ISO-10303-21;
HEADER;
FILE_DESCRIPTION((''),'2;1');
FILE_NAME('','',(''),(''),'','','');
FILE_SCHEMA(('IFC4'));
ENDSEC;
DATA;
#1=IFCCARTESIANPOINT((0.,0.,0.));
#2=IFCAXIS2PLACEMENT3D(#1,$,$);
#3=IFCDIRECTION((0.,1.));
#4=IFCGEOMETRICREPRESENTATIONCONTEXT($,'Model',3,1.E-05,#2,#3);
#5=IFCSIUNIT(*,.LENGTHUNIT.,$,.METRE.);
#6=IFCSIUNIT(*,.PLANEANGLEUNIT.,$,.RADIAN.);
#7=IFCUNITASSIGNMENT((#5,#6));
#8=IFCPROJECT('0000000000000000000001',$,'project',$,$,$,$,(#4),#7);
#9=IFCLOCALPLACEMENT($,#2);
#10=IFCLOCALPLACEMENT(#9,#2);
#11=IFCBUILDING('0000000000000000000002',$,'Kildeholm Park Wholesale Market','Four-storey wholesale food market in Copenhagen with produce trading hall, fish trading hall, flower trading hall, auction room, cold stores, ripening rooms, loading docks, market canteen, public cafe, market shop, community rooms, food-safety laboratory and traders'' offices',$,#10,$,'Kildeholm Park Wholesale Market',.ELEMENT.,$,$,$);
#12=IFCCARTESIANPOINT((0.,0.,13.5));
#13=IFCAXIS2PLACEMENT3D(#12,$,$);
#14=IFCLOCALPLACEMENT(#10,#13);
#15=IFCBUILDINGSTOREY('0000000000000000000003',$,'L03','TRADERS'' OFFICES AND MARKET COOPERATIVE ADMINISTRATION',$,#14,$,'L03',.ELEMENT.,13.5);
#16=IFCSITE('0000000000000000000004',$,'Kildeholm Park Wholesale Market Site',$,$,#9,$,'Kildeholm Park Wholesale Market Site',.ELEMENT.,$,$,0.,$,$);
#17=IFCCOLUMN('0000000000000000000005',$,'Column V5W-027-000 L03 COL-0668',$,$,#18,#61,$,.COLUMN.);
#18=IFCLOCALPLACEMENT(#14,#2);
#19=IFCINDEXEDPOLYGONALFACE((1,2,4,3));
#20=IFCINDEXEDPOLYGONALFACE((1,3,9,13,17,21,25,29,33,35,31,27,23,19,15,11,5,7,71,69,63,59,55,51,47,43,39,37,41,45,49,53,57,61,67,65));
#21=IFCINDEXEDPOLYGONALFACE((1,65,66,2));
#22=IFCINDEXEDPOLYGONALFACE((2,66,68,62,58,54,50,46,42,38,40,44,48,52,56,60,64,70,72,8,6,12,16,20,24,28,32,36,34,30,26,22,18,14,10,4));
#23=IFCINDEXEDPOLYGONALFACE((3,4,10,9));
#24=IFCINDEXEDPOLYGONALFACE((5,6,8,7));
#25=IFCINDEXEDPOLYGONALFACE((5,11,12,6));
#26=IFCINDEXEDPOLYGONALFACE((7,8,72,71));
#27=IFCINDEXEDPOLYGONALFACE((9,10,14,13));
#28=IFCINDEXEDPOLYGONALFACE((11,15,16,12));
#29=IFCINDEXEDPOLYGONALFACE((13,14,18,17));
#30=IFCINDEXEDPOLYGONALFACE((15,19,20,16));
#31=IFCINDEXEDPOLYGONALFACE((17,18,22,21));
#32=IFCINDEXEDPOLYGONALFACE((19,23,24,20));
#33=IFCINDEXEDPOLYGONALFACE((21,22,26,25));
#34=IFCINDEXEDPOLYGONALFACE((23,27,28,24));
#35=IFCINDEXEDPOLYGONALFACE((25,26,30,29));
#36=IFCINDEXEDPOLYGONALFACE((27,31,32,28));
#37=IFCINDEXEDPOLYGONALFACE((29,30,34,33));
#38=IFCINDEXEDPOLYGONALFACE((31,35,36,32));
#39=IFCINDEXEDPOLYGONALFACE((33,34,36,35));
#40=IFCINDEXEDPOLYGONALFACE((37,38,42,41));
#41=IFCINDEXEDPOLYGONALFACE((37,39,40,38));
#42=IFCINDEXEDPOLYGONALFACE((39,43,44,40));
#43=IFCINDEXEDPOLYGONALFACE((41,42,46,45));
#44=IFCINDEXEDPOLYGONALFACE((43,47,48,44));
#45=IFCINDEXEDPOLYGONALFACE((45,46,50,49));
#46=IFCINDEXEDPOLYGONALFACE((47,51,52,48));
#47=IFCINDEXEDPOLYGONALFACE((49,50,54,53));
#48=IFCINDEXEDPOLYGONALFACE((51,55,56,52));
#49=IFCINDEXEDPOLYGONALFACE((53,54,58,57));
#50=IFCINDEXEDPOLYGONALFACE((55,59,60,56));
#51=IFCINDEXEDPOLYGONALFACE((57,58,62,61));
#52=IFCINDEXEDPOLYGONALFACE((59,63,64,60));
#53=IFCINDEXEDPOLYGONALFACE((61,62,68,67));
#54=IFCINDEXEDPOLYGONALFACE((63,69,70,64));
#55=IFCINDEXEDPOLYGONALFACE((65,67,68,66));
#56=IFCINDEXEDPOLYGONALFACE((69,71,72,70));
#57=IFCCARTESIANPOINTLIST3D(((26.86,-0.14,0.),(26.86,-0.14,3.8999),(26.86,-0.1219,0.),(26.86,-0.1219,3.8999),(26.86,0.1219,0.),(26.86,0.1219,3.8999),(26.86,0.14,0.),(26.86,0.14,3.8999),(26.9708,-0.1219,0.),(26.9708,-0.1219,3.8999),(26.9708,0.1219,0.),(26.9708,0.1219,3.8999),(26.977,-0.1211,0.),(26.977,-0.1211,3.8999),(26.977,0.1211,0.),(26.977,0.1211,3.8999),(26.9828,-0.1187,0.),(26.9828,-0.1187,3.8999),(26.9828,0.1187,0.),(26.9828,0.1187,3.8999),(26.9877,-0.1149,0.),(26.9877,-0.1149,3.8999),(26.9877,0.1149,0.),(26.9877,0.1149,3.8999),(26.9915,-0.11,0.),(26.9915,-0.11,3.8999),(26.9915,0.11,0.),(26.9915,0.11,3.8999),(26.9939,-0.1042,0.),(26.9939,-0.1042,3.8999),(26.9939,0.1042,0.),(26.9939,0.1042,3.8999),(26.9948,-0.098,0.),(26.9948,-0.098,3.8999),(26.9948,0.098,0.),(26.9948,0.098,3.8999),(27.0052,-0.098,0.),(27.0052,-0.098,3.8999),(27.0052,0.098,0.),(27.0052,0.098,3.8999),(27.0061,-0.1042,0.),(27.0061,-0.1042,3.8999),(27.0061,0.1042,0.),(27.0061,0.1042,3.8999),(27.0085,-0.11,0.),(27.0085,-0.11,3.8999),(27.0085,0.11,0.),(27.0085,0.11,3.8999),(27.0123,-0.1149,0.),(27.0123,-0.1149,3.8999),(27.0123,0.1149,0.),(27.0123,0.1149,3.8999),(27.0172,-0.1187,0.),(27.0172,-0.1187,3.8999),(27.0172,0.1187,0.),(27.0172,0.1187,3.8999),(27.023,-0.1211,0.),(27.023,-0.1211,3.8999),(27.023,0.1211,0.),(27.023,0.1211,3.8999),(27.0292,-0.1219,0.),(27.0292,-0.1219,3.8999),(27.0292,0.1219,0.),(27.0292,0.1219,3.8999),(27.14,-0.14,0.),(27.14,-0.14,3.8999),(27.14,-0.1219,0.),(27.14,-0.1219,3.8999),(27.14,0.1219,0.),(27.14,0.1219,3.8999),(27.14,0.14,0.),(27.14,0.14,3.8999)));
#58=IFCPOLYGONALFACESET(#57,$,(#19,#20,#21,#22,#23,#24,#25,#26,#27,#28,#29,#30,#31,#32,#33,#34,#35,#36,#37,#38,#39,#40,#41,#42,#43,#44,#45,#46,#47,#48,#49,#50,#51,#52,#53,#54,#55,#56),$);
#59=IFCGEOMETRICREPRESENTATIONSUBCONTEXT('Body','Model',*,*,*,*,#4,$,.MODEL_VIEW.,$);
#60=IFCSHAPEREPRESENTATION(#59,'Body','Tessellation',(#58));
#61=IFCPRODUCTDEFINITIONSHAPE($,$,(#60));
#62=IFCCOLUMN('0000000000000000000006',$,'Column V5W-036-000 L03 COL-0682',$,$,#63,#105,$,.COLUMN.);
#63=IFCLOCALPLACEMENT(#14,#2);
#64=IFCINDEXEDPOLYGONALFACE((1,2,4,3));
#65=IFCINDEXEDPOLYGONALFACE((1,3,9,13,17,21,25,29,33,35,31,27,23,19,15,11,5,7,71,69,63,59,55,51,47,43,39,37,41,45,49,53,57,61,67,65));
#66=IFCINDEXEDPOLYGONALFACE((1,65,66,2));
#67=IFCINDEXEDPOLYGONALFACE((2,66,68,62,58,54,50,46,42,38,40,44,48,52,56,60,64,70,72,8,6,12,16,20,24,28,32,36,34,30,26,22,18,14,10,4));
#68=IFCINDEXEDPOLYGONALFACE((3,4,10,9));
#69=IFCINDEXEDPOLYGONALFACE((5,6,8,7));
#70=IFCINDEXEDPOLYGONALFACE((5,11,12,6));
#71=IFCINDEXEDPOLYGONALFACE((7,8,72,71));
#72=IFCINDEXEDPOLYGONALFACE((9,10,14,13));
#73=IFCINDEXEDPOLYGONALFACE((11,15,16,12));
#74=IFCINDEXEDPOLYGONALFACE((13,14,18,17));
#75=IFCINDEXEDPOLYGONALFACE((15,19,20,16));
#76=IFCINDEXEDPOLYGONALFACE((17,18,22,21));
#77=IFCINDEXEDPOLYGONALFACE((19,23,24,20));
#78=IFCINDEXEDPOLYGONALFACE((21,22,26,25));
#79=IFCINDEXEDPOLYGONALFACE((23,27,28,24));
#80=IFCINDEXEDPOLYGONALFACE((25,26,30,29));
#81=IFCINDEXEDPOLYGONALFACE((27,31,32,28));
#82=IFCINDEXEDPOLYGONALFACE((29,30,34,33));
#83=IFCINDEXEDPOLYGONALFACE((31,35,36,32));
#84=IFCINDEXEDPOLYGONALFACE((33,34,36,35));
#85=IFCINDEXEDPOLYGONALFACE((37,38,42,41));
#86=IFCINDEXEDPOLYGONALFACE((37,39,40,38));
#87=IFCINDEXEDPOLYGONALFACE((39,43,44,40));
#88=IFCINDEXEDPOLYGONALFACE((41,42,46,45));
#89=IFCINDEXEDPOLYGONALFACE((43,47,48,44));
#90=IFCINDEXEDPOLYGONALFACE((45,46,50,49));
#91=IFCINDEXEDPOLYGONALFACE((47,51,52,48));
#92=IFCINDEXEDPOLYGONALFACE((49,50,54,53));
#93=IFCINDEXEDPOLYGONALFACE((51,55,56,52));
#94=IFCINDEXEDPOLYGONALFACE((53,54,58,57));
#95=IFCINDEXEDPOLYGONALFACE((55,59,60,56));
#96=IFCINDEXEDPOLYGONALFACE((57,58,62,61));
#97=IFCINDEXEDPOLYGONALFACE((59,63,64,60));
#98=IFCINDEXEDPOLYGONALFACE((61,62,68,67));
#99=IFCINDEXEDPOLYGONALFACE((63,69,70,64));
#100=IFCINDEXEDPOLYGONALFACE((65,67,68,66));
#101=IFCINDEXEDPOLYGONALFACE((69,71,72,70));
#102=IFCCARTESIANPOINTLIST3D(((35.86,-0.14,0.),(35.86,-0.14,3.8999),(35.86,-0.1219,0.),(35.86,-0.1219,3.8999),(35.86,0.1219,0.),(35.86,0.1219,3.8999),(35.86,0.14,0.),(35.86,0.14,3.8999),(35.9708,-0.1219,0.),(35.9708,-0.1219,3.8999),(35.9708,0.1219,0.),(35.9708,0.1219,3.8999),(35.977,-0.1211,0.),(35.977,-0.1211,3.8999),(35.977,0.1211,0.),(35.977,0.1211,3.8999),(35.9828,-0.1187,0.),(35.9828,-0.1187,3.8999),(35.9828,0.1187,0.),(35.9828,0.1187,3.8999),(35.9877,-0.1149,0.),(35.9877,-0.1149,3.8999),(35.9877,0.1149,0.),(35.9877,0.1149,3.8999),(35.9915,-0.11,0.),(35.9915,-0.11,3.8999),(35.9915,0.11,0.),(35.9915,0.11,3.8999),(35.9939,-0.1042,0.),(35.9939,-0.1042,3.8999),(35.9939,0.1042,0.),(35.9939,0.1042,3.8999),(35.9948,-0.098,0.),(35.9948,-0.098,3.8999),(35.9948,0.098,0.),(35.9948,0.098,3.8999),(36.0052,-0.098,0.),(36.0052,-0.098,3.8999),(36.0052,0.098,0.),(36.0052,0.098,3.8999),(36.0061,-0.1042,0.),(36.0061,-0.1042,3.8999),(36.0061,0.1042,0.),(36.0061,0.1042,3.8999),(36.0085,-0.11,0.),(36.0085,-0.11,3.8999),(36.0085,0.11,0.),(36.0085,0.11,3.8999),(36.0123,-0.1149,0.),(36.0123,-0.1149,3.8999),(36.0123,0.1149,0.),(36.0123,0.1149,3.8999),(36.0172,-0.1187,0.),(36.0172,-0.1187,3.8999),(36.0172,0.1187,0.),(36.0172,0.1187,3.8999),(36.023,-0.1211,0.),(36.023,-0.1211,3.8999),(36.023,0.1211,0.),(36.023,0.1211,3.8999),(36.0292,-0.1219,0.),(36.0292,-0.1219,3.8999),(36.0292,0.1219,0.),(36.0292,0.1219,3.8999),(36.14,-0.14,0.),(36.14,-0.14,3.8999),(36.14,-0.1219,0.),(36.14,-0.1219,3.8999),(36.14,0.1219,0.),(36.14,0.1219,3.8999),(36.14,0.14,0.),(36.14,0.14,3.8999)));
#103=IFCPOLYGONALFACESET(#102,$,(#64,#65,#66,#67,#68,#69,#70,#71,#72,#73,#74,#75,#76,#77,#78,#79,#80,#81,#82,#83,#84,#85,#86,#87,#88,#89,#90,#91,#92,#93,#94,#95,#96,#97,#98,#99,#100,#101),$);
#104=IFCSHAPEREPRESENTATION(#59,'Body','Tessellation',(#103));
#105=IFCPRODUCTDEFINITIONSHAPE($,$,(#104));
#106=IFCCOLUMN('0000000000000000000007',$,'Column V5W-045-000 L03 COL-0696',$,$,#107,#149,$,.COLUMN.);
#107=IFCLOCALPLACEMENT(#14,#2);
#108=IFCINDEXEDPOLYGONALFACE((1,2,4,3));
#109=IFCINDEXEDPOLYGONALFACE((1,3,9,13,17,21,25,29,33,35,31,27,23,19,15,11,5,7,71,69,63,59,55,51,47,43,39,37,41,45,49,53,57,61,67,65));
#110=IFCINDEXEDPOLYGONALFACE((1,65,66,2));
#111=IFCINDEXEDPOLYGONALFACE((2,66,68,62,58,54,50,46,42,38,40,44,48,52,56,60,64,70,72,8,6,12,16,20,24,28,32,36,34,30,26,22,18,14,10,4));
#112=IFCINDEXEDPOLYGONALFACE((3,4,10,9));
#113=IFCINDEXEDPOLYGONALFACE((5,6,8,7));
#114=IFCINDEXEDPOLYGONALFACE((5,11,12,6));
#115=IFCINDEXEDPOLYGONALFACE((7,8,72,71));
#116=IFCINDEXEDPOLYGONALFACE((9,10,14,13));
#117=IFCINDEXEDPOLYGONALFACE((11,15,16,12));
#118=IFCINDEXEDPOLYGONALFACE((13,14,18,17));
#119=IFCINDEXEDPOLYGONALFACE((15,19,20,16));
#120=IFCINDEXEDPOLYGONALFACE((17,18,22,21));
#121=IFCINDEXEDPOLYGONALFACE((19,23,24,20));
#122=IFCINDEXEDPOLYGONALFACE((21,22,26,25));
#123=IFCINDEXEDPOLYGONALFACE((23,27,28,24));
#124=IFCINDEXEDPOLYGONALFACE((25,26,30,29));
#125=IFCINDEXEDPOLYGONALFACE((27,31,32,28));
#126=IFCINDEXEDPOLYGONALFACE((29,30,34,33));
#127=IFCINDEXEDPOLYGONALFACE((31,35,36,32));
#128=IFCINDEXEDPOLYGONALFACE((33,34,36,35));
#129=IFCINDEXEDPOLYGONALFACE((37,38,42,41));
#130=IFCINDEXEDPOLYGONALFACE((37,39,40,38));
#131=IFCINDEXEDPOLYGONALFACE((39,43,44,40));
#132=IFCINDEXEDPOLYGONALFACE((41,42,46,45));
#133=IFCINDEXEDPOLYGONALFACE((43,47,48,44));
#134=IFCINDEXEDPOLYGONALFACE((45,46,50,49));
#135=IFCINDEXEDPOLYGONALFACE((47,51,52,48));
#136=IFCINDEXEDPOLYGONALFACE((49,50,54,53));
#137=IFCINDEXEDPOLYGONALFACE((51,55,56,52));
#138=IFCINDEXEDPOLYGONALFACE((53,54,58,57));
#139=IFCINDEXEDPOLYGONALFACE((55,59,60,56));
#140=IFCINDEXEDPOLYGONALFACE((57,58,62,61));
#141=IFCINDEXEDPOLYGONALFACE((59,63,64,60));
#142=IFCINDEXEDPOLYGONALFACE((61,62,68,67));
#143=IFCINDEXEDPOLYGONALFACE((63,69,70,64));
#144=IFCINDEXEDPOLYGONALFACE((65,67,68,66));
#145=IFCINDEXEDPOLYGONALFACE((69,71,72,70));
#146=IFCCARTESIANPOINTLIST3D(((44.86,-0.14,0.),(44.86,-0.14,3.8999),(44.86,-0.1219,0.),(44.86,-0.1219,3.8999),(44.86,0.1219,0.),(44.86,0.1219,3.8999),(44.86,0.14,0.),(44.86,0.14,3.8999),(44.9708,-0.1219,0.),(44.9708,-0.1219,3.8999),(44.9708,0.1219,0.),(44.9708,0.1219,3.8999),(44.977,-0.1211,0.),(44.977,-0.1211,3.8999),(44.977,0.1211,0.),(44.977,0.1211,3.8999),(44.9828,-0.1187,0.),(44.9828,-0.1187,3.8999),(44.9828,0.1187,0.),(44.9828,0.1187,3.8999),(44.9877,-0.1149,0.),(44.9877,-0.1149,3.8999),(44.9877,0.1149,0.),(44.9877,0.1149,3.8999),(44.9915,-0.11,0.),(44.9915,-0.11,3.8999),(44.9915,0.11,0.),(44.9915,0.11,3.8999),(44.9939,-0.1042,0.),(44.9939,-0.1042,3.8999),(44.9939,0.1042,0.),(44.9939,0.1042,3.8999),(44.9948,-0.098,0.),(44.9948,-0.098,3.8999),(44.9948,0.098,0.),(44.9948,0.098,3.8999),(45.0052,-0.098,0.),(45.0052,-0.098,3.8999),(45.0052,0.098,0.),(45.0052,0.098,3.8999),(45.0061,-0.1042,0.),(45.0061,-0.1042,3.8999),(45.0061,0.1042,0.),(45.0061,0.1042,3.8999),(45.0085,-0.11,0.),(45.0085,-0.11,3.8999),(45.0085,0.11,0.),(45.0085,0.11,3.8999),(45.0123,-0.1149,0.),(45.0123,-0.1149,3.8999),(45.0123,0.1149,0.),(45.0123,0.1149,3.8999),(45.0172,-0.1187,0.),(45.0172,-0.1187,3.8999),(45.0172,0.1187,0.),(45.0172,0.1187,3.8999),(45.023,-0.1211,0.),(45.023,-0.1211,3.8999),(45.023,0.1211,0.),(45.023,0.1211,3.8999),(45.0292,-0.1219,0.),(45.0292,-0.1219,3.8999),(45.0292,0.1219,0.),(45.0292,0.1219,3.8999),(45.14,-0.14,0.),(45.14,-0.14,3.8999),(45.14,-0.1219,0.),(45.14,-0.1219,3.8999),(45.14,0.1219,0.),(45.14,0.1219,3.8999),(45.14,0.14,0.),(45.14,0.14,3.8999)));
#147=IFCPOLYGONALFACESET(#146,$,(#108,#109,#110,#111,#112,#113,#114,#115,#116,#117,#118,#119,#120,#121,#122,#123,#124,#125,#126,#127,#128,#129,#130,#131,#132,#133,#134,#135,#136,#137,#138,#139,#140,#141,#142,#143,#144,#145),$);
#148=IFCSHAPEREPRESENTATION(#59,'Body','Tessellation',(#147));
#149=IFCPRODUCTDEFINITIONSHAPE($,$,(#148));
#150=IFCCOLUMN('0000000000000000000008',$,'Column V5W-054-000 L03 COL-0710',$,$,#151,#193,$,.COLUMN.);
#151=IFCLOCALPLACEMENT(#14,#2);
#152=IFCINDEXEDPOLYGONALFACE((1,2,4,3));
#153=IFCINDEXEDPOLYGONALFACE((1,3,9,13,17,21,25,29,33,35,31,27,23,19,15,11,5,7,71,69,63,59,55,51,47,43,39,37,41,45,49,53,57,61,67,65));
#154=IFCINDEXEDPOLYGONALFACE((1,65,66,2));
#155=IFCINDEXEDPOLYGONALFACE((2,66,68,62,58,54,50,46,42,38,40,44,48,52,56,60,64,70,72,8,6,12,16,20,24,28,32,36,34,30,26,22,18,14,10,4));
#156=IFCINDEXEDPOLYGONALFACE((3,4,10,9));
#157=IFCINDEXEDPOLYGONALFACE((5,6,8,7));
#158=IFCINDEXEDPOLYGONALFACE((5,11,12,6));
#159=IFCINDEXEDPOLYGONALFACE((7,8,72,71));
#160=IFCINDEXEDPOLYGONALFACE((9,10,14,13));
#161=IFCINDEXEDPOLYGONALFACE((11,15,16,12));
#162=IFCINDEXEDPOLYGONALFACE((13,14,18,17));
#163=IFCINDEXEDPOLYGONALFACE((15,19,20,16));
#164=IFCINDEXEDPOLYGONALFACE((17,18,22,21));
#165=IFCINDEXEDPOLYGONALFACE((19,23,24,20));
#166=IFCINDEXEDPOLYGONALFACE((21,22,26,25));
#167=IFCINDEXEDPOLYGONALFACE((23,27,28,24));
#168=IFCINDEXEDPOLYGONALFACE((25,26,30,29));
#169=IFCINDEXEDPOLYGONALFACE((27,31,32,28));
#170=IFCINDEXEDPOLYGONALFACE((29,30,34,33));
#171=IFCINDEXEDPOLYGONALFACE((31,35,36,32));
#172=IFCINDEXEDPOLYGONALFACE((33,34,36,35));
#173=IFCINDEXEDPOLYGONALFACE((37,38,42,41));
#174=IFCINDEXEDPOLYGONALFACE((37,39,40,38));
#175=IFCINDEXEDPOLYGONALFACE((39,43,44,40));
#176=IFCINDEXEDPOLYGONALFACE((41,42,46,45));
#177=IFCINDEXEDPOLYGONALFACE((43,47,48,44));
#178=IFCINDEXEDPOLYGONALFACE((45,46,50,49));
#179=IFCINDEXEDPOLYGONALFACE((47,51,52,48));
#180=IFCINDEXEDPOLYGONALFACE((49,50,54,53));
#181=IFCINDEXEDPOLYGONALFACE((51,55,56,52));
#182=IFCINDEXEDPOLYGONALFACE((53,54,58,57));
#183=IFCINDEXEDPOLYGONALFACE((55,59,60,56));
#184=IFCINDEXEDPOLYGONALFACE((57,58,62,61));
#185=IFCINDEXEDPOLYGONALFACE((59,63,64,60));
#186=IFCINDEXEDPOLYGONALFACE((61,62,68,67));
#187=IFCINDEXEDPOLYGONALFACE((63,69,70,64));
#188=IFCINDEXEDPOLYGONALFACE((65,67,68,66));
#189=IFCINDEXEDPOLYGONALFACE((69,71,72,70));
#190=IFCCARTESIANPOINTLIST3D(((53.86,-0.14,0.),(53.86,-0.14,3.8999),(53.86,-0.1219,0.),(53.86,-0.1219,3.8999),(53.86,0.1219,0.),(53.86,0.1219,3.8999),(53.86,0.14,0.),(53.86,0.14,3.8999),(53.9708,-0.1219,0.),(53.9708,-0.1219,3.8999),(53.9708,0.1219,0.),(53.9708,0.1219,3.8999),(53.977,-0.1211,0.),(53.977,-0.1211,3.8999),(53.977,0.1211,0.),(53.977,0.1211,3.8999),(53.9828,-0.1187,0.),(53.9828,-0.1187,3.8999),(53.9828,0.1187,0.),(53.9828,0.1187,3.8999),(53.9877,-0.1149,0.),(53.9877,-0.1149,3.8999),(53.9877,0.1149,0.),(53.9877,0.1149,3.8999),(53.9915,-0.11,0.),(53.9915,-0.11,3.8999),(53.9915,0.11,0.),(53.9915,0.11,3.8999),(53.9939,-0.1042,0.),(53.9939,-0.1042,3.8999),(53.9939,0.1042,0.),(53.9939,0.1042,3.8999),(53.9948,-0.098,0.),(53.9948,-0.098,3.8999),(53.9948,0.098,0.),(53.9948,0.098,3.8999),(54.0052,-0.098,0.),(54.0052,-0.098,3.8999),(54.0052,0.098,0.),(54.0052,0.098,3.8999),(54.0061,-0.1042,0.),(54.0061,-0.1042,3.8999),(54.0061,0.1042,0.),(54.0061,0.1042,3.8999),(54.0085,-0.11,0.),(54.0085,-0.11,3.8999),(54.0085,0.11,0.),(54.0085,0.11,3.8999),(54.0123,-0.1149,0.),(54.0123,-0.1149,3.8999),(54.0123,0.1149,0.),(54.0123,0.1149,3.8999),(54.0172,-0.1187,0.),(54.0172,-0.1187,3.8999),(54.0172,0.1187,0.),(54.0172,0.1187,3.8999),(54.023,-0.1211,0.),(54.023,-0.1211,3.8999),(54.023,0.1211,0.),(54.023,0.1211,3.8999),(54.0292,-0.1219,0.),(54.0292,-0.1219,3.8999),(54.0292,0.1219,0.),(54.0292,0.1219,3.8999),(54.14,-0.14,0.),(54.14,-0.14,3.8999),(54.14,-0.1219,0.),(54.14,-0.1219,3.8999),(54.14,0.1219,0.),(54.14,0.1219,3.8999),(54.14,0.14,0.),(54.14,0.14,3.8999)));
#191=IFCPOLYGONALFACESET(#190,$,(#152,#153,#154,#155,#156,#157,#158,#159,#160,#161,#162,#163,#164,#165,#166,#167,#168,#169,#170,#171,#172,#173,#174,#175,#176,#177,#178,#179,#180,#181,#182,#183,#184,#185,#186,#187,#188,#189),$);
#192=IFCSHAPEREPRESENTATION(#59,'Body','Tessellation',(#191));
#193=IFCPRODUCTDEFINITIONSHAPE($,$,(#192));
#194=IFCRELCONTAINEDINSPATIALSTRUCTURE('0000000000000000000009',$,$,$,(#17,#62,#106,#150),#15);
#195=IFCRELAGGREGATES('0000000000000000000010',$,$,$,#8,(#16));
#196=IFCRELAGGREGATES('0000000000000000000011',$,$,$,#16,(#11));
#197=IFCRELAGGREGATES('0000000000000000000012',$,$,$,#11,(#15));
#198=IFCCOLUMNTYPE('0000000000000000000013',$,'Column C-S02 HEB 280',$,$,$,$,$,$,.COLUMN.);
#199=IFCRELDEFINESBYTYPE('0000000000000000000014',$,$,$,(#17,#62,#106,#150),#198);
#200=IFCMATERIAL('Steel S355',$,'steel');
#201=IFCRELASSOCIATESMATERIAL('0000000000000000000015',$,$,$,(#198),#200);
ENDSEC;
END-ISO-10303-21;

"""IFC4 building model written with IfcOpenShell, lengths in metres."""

from ifc_helpers import new_model, si_unit, direction, frame, origin, origin_2d, place, context, subcontext, project, spatial, i_section, extrude, material, material_profile, profile_set, type_object, element, save


model = new_model("IFC4")

# Units and contexts
model_context = context("Model", 3, precision=1e-05, world=origin(), true_north=direction((0.0, 1.0)))
body_context = subcontext(model_context, "Body", "Model", "MODEL_VIEW")
ifc_project = project(units=[si_unit("LENGTHUNIT", "METRE"), si_unit("PLANEANGLEUNIT", "RADIAN")], contexts=[model_context])

# Site, building, storey
site_placement = place(None, origin())
site = spatial("IfcSite", under=ifc_project, at=site_placement, Name="Kildeholm Park Wholesale Market Site", LongName="Kildeholm Park Wholesale Market Site", CompositionType="ELEMENT", RefElevation=0.0)
building_placement = place(site_placement, origin())
building = spatial("IfcBuilding", under=site, at=building_placement, Name="Kildeholm Park Wholesale Market", Description="Four-storey wholesale food market in Copenhagen with produce trading hall, fish trading hall, flower trading hall, auction room, cold stores, ripening rooms, loading docks, market canteen, public cafe, market shop, community rooms, food-safety laboratory and traders' offices", LongName="Kildeholm Park Wholesale Market", CompositionType="ELEMENT")
storey_placement = place(building_placement, frame((0.0, 0.0, 13.5)))
storey = spatial("IfcBuildingStorey", under=building, at=storey_placement, Name="L03", Description="TRADERS' OFFICES AND MARKET COOPERATIVE ADMINISTRATION", LongName="L03", CompositionType="ELEMENT", Elevation=13.5)

# Columns
ifc_material_1 = material(Name="Steel S355", Category="steel")
ifc_material_profile_1 = material_profile(ifc_material_1, i_section(OverallWidth=0.28, OverallDepth=0.28, WebThickness=0.0105, FlangeThickness=0.0181, FilletRadius=0.0239, at=origin_2d()), Name="HEB 280")
ifc_profile_set_1 = profile_set([ifc_material_profile_1], Name="Steel S355")
column_type = type_object("IfcColumnType", Name="Column C-S02 HEB 280", PredefinedType="COLUMN", material=ifc_profile_set_1)
for number, where, z_axis, x_axis, name in (
    (1, (27.0, 0.0, 0.0), (0.0, 0.0, 1.0), (1.0, 0.0, 0.0), "Column V5W-027-000 L03 COL-0668"),
    (2, (36.0, 0.0, 0.0), (0.0, 0.0, 1.0), (1.0, 0.0, 0.0), "Column V5W-036-000 L03 COL-0682"),
    (3, (45.0, 0.0, 0.0), (0.0, 0.0, 1.0), (1.0, 0.0, 0.0), "Column V5W-045-000 L03 COL-0696"),
    (4, (54.0, 0.0, 0.0), (0.0, 0.0, 1.0), (1.0, 0.0, 0.0), "Column V5W-054-000 L03 COL-0710"),
):
    element("IfcColumn", number, at=place(storey_placement, frame(where, z_axis=z_axis, x_axis=x_axis)), inside=storey, type_object=column_type, Name=name, PredefinedType="COLUMN", context=body_context, shape_type="SweptSolid", body=[
        extrude(i_section(OverallWidth=0.28, OverallDepth=0.28, WebThickness=0.0105, FlangeThickness=0.0181, FilletRadius=0.0239, at=origin_2d()), origin(), (0.0, 0.0, 1.0), 3.8999),
    ])

save(model, "model.ifc")
